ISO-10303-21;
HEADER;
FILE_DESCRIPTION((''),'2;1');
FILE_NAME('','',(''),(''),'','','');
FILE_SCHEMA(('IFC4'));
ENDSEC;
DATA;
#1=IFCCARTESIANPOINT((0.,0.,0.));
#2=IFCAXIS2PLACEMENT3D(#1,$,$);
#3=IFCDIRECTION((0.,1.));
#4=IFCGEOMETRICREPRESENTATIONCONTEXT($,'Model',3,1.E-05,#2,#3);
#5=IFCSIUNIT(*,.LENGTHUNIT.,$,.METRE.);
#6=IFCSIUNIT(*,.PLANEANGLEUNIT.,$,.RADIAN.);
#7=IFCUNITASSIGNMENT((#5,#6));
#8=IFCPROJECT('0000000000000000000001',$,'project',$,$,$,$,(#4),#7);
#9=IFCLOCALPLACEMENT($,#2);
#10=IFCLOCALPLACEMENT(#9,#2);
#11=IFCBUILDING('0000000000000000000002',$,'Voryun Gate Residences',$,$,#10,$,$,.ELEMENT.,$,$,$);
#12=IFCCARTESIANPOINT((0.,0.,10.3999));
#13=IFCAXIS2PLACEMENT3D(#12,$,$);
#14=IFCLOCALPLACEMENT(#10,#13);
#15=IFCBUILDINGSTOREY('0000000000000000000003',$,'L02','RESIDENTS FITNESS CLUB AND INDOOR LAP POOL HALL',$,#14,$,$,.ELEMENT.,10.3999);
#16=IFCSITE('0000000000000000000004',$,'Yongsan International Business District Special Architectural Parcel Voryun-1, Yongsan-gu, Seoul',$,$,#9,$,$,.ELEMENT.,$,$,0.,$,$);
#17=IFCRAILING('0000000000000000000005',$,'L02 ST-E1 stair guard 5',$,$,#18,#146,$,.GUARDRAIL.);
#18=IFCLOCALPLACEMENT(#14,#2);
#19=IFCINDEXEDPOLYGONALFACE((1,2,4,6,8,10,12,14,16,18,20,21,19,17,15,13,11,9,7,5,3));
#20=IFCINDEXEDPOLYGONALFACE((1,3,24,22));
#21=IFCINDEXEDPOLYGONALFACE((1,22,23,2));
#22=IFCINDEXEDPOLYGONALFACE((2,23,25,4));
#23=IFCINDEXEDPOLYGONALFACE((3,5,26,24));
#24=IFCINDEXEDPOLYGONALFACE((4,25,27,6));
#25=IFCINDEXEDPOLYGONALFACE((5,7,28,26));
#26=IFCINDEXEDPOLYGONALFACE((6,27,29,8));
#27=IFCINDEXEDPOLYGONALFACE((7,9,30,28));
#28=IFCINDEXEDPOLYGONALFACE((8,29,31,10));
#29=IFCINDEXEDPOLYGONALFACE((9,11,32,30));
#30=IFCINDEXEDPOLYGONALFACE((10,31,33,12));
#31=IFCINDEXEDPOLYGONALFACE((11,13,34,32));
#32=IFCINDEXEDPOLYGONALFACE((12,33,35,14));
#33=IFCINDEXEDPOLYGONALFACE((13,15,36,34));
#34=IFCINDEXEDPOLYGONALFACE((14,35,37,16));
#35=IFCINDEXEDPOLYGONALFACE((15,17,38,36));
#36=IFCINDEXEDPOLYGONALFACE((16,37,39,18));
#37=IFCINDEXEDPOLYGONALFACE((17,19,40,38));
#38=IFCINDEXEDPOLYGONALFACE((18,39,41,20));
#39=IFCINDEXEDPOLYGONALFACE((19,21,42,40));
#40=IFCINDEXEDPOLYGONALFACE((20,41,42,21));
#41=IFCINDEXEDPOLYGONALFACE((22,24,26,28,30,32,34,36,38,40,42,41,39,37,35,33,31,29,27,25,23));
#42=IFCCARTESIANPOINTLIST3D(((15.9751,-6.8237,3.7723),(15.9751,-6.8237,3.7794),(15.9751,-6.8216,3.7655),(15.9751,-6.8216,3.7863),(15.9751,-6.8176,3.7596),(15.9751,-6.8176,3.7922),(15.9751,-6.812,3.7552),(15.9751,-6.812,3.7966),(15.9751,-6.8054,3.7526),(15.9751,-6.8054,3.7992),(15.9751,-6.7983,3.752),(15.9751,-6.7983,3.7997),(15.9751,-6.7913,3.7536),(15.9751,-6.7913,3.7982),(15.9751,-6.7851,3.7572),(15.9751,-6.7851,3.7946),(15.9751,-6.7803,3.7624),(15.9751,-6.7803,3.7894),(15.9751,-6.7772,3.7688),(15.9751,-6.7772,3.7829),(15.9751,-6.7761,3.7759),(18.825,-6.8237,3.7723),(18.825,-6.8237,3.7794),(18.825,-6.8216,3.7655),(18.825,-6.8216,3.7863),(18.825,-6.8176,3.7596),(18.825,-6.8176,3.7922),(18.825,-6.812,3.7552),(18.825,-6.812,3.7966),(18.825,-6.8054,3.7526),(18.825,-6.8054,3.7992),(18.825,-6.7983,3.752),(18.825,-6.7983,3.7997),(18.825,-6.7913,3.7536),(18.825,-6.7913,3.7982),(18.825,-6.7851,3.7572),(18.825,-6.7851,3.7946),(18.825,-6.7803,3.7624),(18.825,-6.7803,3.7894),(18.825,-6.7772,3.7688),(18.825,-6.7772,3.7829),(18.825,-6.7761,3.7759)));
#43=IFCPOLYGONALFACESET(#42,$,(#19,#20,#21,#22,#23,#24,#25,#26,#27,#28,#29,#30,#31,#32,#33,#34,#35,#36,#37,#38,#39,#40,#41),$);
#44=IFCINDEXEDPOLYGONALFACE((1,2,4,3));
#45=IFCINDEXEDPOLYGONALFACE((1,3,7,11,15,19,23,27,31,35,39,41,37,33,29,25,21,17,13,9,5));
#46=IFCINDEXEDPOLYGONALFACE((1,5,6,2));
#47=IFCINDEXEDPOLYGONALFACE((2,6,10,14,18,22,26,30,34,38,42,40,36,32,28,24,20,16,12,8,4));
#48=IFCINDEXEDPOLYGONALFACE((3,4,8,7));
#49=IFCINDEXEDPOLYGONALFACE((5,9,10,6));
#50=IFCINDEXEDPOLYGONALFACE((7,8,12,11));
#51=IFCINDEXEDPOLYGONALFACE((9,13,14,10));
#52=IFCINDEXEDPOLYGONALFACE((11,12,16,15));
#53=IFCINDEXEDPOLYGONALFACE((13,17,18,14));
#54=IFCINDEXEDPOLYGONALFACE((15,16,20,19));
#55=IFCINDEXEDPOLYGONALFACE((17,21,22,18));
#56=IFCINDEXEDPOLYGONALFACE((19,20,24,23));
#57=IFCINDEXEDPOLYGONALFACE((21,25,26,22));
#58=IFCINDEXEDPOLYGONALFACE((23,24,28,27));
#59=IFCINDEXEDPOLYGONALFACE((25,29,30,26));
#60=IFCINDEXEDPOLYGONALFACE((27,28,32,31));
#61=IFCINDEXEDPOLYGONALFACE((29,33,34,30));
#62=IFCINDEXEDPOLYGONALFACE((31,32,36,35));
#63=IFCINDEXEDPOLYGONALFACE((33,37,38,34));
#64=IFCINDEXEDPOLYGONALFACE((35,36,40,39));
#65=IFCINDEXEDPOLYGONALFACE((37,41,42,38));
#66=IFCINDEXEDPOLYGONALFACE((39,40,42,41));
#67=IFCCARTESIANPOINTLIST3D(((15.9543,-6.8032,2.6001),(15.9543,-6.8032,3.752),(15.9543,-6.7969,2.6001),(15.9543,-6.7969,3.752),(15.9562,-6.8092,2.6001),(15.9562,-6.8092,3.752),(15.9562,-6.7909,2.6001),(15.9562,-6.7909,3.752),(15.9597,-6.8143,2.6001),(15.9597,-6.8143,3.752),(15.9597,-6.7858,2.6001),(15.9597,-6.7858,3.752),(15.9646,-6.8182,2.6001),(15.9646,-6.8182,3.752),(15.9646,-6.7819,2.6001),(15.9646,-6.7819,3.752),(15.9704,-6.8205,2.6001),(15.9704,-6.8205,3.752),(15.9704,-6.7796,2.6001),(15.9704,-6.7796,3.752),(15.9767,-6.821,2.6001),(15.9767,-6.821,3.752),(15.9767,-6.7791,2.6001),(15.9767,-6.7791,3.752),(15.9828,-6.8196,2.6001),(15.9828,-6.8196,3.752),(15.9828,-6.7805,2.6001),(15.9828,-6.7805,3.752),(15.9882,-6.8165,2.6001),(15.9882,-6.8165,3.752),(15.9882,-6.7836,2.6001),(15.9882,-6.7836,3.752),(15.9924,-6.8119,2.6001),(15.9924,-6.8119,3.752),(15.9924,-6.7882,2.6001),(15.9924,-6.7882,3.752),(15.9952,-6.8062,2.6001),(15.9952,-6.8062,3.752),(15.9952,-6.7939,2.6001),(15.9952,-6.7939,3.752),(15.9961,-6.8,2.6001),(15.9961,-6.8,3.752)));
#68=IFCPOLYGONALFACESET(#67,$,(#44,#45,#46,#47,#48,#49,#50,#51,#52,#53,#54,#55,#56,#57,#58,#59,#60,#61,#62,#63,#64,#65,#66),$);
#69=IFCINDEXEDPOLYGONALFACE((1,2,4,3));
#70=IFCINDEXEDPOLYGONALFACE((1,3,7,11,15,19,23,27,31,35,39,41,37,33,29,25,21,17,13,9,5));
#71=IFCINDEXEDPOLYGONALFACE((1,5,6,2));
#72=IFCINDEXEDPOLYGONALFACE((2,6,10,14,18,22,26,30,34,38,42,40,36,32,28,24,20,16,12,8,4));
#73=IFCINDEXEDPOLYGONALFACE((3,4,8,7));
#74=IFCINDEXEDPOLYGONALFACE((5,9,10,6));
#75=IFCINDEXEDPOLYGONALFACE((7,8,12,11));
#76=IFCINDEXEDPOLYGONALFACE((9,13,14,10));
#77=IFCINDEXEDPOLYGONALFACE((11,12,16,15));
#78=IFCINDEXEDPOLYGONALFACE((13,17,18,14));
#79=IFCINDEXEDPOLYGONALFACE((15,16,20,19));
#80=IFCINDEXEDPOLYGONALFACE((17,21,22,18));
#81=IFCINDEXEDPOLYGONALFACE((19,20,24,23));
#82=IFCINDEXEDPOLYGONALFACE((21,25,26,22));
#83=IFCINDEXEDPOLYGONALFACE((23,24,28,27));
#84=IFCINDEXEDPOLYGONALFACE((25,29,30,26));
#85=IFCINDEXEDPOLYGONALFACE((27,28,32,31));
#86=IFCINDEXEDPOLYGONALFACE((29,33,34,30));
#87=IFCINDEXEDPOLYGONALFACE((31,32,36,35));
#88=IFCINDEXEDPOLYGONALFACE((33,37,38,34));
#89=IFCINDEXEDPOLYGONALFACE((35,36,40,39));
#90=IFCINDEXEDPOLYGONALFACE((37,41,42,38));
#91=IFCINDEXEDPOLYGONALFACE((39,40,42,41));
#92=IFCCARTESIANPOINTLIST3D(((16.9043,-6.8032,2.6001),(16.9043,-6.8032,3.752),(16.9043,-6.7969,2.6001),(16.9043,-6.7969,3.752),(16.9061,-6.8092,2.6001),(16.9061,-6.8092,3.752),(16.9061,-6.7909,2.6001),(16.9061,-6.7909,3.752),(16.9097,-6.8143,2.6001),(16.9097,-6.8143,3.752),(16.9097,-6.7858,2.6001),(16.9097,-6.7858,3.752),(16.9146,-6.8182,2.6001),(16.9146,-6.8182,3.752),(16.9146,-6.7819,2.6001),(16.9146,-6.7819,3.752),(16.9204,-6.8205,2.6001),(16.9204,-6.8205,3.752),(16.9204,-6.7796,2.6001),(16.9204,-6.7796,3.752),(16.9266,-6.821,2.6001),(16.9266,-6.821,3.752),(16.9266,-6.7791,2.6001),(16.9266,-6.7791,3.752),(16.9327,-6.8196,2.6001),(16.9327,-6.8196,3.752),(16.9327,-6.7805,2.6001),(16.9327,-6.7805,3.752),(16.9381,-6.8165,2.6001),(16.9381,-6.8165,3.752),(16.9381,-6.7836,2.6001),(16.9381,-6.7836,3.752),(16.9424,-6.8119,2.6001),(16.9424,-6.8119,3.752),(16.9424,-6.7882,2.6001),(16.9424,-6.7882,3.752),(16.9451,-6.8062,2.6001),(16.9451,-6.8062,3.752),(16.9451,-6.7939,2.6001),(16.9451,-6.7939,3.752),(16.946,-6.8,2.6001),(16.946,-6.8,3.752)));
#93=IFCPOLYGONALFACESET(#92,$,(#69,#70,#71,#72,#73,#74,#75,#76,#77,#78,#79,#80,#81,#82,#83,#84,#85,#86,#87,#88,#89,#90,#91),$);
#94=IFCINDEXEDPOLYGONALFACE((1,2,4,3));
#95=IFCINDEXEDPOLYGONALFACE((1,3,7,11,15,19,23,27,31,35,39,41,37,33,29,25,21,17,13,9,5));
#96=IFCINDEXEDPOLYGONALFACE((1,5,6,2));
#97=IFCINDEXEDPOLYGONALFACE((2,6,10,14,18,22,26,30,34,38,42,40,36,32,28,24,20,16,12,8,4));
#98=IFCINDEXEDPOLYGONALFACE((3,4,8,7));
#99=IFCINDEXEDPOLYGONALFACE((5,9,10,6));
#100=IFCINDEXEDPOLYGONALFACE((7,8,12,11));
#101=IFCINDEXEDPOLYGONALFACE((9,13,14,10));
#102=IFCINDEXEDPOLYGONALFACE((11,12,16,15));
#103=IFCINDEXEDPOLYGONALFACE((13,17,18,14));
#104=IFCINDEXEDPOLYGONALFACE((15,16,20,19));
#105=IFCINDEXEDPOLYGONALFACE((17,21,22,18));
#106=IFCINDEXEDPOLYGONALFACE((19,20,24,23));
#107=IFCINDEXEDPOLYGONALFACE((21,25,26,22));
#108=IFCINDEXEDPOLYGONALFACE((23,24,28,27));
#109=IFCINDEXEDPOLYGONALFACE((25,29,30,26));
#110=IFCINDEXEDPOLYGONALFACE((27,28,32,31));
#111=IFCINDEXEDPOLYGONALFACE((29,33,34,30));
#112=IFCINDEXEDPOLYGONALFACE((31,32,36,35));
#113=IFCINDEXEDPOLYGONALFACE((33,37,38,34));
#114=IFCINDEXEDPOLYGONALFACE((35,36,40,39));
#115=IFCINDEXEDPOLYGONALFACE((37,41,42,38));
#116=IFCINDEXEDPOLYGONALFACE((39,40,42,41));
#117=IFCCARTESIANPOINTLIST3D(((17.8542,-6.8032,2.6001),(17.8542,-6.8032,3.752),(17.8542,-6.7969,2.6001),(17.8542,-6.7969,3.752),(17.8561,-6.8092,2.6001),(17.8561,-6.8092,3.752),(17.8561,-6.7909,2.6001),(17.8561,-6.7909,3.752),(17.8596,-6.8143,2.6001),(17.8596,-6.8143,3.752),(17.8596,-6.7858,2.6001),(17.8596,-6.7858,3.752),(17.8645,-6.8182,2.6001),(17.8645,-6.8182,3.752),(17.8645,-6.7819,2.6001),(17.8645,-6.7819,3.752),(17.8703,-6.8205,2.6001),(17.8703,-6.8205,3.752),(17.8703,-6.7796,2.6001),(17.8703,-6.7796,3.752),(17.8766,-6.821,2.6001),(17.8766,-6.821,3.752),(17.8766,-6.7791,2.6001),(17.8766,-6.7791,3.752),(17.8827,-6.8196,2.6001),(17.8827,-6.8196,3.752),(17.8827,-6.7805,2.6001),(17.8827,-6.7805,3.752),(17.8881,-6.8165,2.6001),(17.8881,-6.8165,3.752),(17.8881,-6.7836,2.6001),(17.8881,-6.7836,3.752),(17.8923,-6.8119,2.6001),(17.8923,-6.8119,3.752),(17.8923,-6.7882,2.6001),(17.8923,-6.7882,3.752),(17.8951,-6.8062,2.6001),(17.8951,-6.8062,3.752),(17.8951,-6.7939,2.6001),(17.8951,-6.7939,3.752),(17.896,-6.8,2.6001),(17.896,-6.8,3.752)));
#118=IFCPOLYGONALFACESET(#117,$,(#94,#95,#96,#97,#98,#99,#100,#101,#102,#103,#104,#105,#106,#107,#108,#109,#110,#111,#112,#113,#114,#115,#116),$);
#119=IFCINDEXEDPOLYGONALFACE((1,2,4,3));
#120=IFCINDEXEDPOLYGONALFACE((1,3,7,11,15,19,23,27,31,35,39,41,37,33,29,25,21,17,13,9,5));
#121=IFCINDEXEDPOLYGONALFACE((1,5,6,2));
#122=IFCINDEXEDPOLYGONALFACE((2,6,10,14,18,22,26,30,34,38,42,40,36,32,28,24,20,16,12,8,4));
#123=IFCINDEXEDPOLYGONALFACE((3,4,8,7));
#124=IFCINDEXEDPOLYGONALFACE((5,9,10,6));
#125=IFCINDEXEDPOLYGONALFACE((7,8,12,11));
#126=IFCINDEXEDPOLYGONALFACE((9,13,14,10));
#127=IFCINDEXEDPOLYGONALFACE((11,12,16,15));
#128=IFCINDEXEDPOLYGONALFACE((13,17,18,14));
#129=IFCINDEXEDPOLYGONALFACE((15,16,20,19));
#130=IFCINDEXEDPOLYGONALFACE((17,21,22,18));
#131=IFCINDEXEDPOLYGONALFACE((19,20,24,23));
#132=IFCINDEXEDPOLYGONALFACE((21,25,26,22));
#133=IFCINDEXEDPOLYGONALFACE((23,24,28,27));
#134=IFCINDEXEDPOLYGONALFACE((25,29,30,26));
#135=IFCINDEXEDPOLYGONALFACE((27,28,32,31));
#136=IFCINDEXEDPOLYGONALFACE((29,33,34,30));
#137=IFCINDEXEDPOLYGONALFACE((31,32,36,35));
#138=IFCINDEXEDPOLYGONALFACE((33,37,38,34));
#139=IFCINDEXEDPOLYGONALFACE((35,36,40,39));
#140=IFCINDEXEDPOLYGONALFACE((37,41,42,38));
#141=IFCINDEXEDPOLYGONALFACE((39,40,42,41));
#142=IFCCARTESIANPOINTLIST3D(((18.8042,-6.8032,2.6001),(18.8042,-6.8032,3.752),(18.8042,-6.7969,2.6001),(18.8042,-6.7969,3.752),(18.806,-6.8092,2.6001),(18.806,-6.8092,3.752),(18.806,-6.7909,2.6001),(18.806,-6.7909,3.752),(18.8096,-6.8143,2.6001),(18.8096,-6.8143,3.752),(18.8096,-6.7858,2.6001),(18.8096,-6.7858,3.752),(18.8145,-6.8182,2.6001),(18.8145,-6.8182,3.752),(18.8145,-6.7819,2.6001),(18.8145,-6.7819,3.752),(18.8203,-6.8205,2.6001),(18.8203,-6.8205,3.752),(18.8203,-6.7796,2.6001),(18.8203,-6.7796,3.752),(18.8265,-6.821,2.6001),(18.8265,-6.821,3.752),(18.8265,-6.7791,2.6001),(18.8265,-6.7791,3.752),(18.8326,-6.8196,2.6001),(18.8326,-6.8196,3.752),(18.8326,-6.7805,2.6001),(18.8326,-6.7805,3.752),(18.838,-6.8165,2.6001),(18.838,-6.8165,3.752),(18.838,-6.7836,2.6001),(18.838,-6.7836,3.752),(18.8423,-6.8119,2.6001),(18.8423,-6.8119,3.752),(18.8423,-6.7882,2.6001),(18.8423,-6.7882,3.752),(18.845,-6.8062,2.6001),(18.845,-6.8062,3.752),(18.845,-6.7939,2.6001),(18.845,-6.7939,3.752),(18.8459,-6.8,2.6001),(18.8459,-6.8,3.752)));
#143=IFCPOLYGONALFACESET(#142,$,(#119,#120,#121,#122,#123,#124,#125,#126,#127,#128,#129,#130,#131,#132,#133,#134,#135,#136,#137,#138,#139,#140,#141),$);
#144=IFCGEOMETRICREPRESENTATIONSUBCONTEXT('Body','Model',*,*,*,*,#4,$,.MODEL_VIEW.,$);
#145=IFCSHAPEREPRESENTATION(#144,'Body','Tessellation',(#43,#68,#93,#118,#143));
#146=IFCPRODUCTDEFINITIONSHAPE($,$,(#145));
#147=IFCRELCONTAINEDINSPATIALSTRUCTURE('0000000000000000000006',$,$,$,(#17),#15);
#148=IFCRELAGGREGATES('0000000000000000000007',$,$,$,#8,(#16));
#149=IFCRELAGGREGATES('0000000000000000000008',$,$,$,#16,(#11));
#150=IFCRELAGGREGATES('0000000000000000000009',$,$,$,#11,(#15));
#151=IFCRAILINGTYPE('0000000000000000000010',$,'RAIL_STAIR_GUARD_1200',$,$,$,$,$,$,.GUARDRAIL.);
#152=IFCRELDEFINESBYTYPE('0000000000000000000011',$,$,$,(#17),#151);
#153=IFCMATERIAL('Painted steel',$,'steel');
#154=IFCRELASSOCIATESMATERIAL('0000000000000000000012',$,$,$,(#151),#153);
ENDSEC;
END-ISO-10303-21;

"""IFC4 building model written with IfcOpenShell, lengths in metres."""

from ifc_helpers import new_model, si_unit, direction, frame, origin, origin_2d, place, context, subcontext, project, spatial, circle, extrude, material, type_object, element, save


model = new_model("IFC4")

# Units and contexts
model_context = context("Model", 3, precision=1e-05, world=origin(), true_north=direction((0.0, 1.0)))
body_context = subcontext(model_context, "Body", "Model", "MODEL_VIEW")
ifc_project = project(units=[si_unit("LENGTHUNIT", "METRE"), si_unit("PLANEANGLEUNIT", "RADIAN")], contexts=[model_context])

# Site, building, storey
site_placement = place(None, origin())
site = spatial("IfcSite", under=ifc_project, at=site_placement, Name="Yongsan International Business District Special Architectural Parcel Voryun-1, Yongsan-gu, Seoul", CompositionType="ELEMENT", RefElevation=0.0)
building_placement = place(site_placement, origin())
building = spatial("IfcBuilding", under=site, at=building_placement, Name="Voryun Gate Residences", CompositionType="ELEMENT")
storey_placement = place(building_placement, frame((0.0, 0.0, 10.3999)))
storey = spatial("IfcBuildingStorey", under=building, at=storey_placement, Name="L02", Description="RESIDENTS FITNESS CLUB AND INDOOR LAP POOL HALL", CompositionType="ELEMENT", Elevation=10.3999)

# Railing
ifc_material_1 = material(Name="Painted steel", Category="steel")
railing_type = type_object("IfcRailingType", Name="RAIL_STAIR_GUARD_1200", PredefinedType="GUARDRAIL", material=ifc_material_1)
railing_1_placement = place(storey_placement, frame((15.9751, -6.8, 2.6001)))
element("IfcRailing", 1, at=railing_1_placement, inside=storey, type_object=railing_type, Name="L02 ST-E1 stair guard 5", PredefinedType="GUARDRAIL", context=body_context, shape_type="SweptSolid", body=[
    extrude(circle(Radius=0.0239, at=origin_2d()), frame((0.0, 0.0, 1.1758), z_axis=(1.0, 0.0, 0.0), x_axis=(0.0, 1.0, 0.0)), (0.0, 0.0, 1.0), 2.8499),
    extrude(circle(Radius=0.021, at=origin_2d()), origin(), (0.0, 0.0, 1.0), 1.1519),
    extrude(circle(Radius=0.021, at=origin_2d()), frame((0.95, 0.0, 0.0)), (0.0, 0.0, 1.0), 1.1519),
    extrude(circle(Radius=0.021, at=origin_2d()), frame((1.8999, 0.0, 0.0)), (0.0, 0.0, 1.0), 1.1519),
    extrude(circle(Radius=0.021, at=origin_2d()), frame((2.8499, 0.0, 0.0)), (0.0, 0.0, 1.0), 1.1519),
])

save(model, "model.ifc")
